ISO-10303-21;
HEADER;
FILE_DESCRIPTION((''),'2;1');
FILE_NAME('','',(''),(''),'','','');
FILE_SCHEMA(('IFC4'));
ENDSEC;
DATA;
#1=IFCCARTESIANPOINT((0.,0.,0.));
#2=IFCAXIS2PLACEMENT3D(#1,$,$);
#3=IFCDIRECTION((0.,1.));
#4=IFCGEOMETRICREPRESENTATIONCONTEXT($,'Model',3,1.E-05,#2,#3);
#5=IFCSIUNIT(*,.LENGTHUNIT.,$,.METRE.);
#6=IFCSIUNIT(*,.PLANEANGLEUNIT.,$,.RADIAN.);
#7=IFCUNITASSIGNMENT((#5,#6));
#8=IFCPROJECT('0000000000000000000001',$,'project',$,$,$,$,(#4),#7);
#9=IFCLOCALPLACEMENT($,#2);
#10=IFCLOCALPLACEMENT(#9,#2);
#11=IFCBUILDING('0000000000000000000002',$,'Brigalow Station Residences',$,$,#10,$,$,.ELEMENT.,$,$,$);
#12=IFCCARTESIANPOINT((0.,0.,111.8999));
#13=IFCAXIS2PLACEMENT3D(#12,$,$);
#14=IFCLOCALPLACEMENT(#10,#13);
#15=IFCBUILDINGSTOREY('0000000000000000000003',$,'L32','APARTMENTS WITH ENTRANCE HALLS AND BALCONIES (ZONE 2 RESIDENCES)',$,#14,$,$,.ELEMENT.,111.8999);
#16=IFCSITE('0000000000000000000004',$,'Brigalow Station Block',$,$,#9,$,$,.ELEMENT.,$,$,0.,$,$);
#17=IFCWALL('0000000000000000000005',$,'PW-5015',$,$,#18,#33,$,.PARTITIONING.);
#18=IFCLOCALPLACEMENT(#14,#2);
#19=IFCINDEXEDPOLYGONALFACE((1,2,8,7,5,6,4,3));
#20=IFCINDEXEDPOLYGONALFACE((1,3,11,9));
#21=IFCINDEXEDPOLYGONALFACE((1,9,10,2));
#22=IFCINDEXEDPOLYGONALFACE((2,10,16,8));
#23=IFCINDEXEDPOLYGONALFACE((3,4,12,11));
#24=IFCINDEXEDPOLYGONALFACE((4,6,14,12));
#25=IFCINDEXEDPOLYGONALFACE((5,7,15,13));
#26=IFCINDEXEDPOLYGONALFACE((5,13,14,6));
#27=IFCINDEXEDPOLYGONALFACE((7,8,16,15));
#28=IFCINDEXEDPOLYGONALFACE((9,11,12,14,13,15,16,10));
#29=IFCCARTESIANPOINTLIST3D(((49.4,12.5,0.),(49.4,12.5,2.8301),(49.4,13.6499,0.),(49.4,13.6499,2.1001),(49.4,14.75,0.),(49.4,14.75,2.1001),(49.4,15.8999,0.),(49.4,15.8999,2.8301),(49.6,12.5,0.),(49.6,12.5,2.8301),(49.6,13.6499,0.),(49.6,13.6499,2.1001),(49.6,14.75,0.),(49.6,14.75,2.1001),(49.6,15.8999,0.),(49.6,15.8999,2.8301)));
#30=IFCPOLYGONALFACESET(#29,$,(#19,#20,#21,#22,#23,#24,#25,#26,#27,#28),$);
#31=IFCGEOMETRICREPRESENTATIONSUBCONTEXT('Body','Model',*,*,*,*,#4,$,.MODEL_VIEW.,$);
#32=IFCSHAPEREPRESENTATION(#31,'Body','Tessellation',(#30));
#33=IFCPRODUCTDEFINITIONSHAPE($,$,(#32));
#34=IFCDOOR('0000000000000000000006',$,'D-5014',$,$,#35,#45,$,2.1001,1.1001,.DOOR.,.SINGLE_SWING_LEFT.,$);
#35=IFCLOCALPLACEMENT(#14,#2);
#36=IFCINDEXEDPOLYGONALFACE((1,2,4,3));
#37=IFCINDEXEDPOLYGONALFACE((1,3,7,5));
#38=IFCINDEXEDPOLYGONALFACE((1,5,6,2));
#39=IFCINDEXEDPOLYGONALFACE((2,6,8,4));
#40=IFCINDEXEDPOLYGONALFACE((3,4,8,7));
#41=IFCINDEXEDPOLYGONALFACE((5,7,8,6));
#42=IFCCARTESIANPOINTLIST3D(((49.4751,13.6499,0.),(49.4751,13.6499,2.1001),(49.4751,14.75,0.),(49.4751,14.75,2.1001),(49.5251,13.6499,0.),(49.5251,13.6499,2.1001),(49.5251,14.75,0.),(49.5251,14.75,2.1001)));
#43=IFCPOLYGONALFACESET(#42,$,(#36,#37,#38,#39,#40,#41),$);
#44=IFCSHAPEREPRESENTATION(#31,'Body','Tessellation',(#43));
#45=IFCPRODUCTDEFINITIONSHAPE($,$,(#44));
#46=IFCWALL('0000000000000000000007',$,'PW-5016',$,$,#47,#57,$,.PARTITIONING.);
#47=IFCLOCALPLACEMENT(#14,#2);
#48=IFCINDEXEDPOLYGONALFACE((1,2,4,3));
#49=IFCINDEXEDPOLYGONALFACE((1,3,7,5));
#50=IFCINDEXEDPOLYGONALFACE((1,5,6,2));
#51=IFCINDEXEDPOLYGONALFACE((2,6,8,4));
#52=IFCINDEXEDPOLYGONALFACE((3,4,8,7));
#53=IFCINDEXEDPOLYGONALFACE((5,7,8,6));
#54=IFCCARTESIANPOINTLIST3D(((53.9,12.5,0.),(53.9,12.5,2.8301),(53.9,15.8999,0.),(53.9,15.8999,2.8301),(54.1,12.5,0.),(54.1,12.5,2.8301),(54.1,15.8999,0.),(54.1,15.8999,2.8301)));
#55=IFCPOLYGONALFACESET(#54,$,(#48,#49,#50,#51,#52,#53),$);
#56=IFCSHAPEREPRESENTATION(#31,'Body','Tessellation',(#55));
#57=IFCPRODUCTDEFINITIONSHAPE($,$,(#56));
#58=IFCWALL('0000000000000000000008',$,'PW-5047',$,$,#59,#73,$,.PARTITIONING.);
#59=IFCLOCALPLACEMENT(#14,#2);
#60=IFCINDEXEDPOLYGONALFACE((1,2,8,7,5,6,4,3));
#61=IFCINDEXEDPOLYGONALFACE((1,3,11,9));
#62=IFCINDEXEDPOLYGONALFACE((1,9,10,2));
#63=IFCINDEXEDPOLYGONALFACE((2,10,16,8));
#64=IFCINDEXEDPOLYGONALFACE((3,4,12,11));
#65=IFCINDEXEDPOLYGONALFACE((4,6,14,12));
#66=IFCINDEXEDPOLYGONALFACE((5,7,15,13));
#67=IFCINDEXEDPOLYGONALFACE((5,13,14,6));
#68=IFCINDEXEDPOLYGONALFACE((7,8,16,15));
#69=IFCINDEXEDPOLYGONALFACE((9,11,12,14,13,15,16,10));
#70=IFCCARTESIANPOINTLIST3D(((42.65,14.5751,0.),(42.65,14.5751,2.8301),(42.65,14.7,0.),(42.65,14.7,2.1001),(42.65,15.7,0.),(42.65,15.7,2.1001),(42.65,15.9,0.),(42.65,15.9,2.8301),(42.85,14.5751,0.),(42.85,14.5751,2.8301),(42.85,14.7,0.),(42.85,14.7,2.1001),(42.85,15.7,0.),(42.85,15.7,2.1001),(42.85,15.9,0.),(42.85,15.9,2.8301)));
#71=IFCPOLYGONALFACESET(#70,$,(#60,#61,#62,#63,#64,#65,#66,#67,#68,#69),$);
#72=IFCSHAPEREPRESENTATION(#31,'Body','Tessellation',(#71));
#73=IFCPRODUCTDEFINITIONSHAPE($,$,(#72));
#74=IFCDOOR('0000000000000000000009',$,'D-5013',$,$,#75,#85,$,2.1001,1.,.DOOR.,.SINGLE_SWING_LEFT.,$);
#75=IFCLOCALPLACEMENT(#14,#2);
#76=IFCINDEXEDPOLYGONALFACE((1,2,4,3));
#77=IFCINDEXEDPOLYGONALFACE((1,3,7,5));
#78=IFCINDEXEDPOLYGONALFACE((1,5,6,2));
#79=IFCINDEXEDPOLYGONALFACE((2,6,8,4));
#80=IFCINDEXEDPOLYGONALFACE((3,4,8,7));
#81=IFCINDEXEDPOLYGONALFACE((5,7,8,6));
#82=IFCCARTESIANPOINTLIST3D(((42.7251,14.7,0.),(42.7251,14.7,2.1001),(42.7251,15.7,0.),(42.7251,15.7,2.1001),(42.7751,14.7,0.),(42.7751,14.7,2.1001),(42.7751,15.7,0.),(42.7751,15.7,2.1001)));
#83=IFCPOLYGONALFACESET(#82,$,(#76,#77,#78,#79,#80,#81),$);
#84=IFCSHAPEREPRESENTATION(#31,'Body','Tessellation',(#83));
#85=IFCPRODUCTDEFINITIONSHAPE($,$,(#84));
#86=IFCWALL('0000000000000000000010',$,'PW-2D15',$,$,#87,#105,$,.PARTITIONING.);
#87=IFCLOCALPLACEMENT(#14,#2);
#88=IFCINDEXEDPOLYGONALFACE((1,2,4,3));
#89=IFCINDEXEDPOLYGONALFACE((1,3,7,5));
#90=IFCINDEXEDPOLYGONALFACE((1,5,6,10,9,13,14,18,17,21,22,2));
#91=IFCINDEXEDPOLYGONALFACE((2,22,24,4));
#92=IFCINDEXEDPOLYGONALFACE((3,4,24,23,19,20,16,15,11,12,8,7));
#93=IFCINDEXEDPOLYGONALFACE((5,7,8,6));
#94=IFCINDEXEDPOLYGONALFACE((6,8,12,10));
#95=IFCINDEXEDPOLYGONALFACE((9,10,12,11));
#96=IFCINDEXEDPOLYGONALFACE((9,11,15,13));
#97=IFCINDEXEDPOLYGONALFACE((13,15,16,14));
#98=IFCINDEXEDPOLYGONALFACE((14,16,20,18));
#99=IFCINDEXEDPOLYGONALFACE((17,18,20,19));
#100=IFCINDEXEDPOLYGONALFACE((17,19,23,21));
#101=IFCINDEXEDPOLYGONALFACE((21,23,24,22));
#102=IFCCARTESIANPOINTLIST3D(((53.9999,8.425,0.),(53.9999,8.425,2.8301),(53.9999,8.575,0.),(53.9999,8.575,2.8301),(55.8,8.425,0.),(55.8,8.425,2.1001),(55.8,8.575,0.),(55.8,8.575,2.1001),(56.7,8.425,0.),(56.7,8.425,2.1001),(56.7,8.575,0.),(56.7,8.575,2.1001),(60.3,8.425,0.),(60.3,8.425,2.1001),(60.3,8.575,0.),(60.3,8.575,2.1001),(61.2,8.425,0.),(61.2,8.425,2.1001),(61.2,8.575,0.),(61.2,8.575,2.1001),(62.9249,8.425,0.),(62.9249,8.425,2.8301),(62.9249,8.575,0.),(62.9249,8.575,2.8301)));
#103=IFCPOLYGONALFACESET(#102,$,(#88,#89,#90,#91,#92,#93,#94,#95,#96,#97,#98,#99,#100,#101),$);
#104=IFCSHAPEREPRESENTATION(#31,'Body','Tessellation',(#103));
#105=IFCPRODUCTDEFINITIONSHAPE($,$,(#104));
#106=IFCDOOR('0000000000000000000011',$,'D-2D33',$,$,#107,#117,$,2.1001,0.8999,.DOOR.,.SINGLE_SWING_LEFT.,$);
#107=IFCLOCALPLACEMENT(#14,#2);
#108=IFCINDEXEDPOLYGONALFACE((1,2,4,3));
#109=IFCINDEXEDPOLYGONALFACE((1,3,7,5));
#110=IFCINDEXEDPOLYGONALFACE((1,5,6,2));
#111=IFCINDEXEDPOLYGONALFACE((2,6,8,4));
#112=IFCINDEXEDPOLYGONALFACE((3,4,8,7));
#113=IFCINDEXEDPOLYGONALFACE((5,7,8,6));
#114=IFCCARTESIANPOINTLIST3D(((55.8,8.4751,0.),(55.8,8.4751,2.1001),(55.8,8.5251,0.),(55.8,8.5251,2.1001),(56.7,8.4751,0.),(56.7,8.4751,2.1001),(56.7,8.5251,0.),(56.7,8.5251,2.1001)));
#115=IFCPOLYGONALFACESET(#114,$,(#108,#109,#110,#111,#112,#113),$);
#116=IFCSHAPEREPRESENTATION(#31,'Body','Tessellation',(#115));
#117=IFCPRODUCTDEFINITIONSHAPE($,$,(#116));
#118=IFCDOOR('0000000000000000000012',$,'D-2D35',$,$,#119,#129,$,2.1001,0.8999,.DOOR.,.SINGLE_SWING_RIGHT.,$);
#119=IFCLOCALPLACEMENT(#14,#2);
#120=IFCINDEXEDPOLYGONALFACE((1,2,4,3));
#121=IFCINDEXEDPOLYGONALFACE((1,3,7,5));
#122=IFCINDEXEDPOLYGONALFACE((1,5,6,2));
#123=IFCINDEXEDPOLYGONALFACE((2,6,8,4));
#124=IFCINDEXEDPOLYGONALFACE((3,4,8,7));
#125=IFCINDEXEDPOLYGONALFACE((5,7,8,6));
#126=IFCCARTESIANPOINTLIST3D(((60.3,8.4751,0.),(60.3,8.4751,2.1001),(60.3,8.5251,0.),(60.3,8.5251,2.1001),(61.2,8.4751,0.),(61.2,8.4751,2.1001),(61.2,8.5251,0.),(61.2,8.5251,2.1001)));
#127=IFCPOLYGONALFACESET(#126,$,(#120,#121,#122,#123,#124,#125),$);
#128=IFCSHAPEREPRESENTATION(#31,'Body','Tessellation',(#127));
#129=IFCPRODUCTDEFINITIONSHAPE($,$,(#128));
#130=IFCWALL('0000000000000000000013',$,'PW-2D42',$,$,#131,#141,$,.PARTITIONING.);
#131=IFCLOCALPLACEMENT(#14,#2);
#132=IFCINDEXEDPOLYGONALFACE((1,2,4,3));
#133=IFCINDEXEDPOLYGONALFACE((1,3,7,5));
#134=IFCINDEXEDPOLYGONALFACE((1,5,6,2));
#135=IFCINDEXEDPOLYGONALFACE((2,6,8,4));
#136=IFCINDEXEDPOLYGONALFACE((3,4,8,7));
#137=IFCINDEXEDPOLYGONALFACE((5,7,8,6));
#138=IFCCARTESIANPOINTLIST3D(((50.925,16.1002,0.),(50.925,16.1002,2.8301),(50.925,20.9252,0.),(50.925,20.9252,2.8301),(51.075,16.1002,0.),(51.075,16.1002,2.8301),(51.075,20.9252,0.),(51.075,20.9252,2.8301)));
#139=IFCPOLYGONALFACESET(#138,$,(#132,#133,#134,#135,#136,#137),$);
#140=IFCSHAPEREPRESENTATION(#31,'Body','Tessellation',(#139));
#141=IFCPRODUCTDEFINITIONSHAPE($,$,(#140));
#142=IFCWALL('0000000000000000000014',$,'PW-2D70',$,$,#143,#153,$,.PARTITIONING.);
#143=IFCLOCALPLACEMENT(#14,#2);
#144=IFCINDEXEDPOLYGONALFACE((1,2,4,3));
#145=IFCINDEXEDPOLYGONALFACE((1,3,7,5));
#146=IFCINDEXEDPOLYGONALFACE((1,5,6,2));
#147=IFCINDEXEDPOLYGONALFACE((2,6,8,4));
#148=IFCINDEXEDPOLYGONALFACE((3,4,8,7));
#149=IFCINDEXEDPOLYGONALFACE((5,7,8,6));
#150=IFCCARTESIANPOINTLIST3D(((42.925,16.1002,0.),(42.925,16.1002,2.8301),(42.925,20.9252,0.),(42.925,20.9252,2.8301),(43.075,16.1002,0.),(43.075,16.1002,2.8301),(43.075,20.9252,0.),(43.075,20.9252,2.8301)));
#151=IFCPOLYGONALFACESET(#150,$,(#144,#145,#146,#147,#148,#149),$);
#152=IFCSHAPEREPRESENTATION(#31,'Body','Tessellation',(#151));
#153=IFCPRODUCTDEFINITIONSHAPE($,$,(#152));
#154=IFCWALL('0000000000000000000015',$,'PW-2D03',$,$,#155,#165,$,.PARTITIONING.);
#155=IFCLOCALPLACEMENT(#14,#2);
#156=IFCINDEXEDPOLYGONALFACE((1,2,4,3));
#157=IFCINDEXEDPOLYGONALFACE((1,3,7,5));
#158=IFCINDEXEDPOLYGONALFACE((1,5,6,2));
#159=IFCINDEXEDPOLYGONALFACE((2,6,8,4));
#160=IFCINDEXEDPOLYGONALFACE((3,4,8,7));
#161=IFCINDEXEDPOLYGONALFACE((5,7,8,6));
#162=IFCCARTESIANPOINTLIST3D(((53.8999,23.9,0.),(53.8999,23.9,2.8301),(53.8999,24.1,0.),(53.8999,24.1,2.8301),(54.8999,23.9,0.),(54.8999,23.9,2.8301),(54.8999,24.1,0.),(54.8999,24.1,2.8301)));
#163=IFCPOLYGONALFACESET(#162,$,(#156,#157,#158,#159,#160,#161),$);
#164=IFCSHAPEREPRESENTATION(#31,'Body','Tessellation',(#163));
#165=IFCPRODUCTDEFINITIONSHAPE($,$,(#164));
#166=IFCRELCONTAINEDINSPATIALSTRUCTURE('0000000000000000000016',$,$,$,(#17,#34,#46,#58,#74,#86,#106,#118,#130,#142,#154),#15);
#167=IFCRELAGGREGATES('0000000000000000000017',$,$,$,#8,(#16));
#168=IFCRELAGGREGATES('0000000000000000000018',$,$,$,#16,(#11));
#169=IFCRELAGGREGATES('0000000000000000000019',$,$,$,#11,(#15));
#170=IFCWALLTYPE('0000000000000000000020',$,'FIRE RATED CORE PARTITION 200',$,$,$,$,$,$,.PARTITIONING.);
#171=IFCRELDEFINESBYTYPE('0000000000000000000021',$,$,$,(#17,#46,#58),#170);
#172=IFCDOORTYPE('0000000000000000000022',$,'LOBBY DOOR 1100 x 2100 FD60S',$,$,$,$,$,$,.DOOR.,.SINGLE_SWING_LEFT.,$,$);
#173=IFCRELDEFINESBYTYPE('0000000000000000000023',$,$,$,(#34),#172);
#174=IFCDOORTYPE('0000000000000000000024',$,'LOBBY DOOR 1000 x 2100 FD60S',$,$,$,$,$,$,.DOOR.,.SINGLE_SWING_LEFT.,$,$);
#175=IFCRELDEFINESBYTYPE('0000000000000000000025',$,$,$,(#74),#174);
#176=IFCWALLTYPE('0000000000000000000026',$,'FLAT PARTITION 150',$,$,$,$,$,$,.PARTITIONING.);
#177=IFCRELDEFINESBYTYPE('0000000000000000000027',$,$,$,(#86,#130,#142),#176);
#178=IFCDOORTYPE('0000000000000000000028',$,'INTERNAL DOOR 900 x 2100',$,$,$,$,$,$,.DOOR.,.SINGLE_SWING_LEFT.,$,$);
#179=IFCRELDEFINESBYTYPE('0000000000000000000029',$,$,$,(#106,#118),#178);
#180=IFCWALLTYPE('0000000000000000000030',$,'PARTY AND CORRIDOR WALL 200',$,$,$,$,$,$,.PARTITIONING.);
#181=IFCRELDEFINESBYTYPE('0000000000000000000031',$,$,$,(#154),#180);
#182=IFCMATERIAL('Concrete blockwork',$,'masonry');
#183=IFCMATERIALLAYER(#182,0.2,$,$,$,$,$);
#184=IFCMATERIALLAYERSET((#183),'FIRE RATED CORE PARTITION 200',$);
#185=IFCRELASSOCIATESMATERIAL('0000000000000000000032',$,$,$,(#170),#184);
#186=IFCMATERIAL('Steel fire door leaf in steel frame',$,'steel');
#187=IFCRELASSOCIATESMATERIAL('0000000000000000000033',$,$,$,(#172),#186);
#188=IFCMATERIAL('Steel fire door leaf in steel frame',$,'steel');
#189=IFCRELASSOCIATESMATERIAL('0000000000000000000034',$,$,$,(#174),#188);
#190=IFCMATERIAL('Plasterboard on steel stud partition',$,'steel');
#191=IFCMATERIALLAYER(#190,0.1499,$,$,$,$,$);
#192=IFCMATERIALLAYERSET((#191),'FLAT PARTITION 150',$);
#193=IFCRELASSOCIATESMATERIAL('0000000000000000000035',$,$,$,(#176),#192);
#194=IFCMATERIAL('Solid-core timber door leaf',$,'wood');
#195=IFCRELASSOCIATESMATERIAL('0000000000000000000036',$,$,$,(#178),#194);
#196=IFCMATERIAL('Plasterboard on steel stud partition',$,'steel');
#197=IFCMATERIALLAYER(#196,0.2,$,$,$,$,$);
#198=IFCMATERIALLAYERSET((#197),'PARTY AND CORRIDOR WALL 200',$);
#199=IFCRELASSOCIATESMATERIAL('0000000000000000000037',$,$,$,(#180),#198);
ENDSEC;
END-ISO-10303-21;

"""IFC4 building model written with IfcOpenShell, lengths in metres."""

from ifc_helpers import new_model, si_unit, direction, frame, frame_2d, origin, place, context, subcontext, project, spatial, rectangle, extrude, material, layer, layer_set, type_object, element, fill, save


model = new_model("IFC4")

# Units and contexts
model_context = context("Model", 3, precision=1e-05, world=origin(), true_north=direction((0.0, 1.0)))
body_context = subcontext(model_context, "Body", "Model", "MODEL_VIEW")
ifc_project = project(units=[si_unit("LENGTHUNIT", "METRE"), si_unit("PLANEANGLEUNIT", "RADIAN")], contexts=[model_context])

# Site, building, storey
site_placement = place(None, origin())
site = spatial("IfcSite", under=ifc_project, at=site_placement, Name="Brigalow Station Block", CompositionType="ELEMENT", RefElevation=0.0)
building_placement = place(site_placement, origin())
building = spatial("IfcBuilding", under=site, at=building_placement, Name="Brigalow Station Residences", CompositionType="ELEMENT")
storey_placement = place(building_placement, frame((0.0, 0.0, 111.8999)))
storey = spatial("IfcBuildingStorey", under=building, at=storey_placement, Name="L32", Description="APARTMENTS WITH ENTRANCE HALLS AND BALCONIES (ZONE 2 RESIDENCES)", CompositionType="ELEMENT", Elevation=111.8999)

# Shared definitions
ifc_material_1 = material(Name="Concrete blockwork", Category="masonry")
ifc_layer_1 = layer(ifc_material_1, 0.2)
ifc_layer_set_1 = layer_set([ifc_layer_1], Name="FIRE RATED CORE PARTITION 200")
wall_type_1 = type_object("IfcWallType", Name="FIRE RATED CORE PARTITION 200", PredefinedType="PARTITIONING", material=ifc_layer_set_1)

# Wall, opening, door
wall_1_placement = place(storey_placement, frame((49.5, 12.5, 0.0), z_axis=(0.0, 0.0, 1.0), x_axis=(0.0, 1.0, 0.0)))
wall_1 = element("IfcWall", 1, at=wall_1_placement, inside=storey, type_object=wall_type_1, Name="PW-5015", PredefinedType="PARTITIONING", context=body_context, shape_type="SweptSolid", body=[
    extrude(rectangle(XDim=3.3999, YDim=0.2, at=frame_2d((1.7, 0.0))), origin(), (0.0, 0.0, 1.0), 2.8301),
])
opening_1_placement = place(wall_1_placement, frame((1.1499, 0.0, 0.0)))
opening_1 = element("IfcOpeningElement", 2, at=opening_1_placement, cuts=wall_1, PredefinedType="OPENING", context=body_context, shape_type="SweptSolid", body=[
    extrude(rectangle(XDim=1.1001, YDim=2.1001, at=frame_2d((0.55, 1.05))), frame((0.0, 0.1099, 0.0), z_axis=(0.0, -1.0, 0.0), x_axis=(1.0, 0.0, 0.0)), (0.0, 0.0, 1.0), 0.22),
])
ifc_material_2 = material(Name="Steel fire door leaf in steel frame", Category="steel")
door_type_1 = type_object("IfcDoorType", Name="LOBBY DOOR 1100 x 2100 FD60S", OperationType="SINGLE_SWING_LEFT", PredefinedType="DOOR", material=ifc_material_2)
door_1_placement = place(opening_1_placement, origin())
door_1 = element("IfcDoor", 3, at=door_1_placement, inside=storey, type_object=door_type_1, Name="D-5014", OperationType="SINGLE_SWING_LEFT", OverallHeight=2.1001, OverallWidth=1.1001, PredefinedType="DOOR", context=body_context, shape_type="SweptSolid", body=[
    extrude(rectangle(XDim=1.1001, YDim=2.1001, at=frame_2d((0.55, 1.05))), frame((0.0, 0.0249, 0.0), z_axis=(0.0, -1.0, 0.0), x_axis=(1.0, 0.0, 0.0)), (0.0, 0.0, 1.0), 0.05),
])
fill(opening_1, door_1)

# Wall
wall_2_placement = place(storey_placement, frame((54.0, 12.5, 0.0), z_axis=(0.0, 0.0, 1.0), x_axis=(0.0, 1.0, 0.0)))
element("IfcWall", 4, at=wall_2_placement, inside=storey, type_object=wall_type_1, Name="PW-5016", PredefinedType="PARTITIONING", context=body_context, shape_type="SweptSolid", body=[
    extrude(rectangle(XDim=3.3999, YDim=0.2, at=frame_2d((1.7, 0.0))), origin(), (0.0, 0.0, 1.0), 2.8301),
])

# Wall, opening, door
wall_3_placement = place(storey_placement, frame((42.75, 14.575, 0.0), z_axis=(0.0, 0.0, 1.0), x_axis=(0.0, 1.0, 0.0)))
wall_3 = element("IfcWall", 5, at=wall_3_placement, inside=storey, type_object=wall_type_1, Name="PW-5047", PredefinedType="PARTITIONING", context=body_context, shape_type="SweptSolid", body=[
    extrude(rectangle(XDim=1.325, YDim=0.2, at=frame_2d((0.6626, 0.0))), origin(), (0.0, 0.0, 1.0), 2.8301),
])
opening_2_placement = place(wall_3_placement, frame((0.125, 0.0, 0.0)))
opening_2 = element("IfcOpeningElement", 6, at=opening_2_placement, cuts=wall_3, PredefinedType="OPENING", context=body_context, shape_type="SweptSolid", body=[
    extrude(rectangle(XDim=1.0, YDim=2.1001, at=frame_2d((0.5, 1.05))), frame((0.0, 0.1099, 0.0), z_axis=(0.0, -1.0, 0.0), x_axis=(1.0, 0.0, 0.0)), (0.0, 0.0, 1.0), 0.22),
])
ifc_material_3 = material(Name="Steel fire door leaf in steel frame", Category="steel")
door_type_2 = type_object("IfcDoorType", Name="LOBBY DOOR 1000 x 2100 FD60S", OperationType="SINGLE_SWING_LEFT", PredefinedType="DOOR", material=ifc_material_3)
door_2_placement = place(opening_2_placement, origin())
door_2 = element("IfcDoor", 7, at=door_2_placement, inside=storey, type_object=door_type_2, Name="D-5013", OperationType="SINGLE_SWING_LEFT", OverallHeight=2.1001, OverallWidth=1.0, PredefinedType="DOOR", context=body_context, shape_type="SweptSolid", body=[
    extrude(rectangle(XDim=1.0, YDim=2.1001, at=frame_2d((0.5, 1.05))), frame((0.0, 0.0249, 0.0), z_axis=(0.0, -1.0, 0.0), x_axis=(1.0, 0.0, 0.0)), (0.0, 0.0, 1.0), 0.05),
])
fill(opening_2, door_2)

# Wall, openings, doors
ifc_material_4 = material(Name="Plasterboard on steel stud partition", Category="steel")
ifc_layer_2 = layer(ifc_material_4, 0.1499)
ifc_layer_set_2 = layer_set([ifc_layer_2], Name="FLAT PARTITION 150")
wall_type_2 = type_object("IfcWallType", Name="FLAT PARTITION 150", PredefinedType="PARTITIONING", material=ifc_layer_set_2)
wall_4_placement = place(storey_placement, frame((54.0, 8.5, 0.0), z_axis=(0.0, 0.0, 1.0), x_axis=(1.0, 0.0, 0.0)))
wall_4 = element("IfcWall", 8, at=wall_4_placement, inside=storey, type_object=wall_type_2, Name="PW-2D15", PredefinedType="PARTITIONING", context=body_context, shape_type="SweptSolid", body=[
    extrude(rectangle(XDim=8.925, YDim=0.1499, at=frame_2d((4.4624, 0.0))), origin(), (0.0, 0.0, 1.0), 2.8301),
])
opening_3_placement = place(wall_4_placement, frame((1.8, 0.0, 0.0)))
opening_3 = element("IfcOpeningElement", 9, at=opening_3_placement, cuts=wall_4, PredefinedType="OPENING", context=body_context, shape_type="SweptSolid", body=[
    extrude(rectangle(XDim=0.8999, YDim=2.1001, at=frame_2d((0.45, 1.05))), frame((0.0, 0.085, 0.0), z_axis=(0.0, -1.0, 0.0), x_axis=(1.0, 0.0, 0.0)), (0.0, 0.0, 1.0), 0.1699),
])
opening_4_placement = place(wall_4_placement, frame((6.3, 0.0, 0.0)))
opening_4 = element("IfcOpeningElement", 10, at=opening_4_placement, cuts=wall_4, PredefinedType="OPENING", context=body_context, shape_type="SweptSolid", body=[
    extrude(rectangle(XDim=0.8999, YDim=2.1001, at=frame_2d((0.45, 1.05))), frame((0.0, 0.085, 0.0), z_axis=(0.0, -1.0, 0.0), x_axis=(1.0, 0.0, 0.0)), (0.0, 0.0, 1.0), 0.1699),
])
ifc_material_5 = material(Name="Solid-core timber door leaf", Category="wood")
door_type_3 = type_object("IfcDoorType", Name="INTERNAL DOOR 900 x 2100", OperationType="SINGLE_SWING_LEFT", PredefinedType="DOOR", material=ifc_material_5)
door_3_placement = place(opening_3_placement, frame((0.8999, 0.0, 0.0), z_axis=(0.0, 0.0, 1.0), x_axis=(-1.0, 0.0, 0.0)))
door_3 = element("IfcDoor", 11, at=door_3_placement, inside=storey, type_object=door_type_3, Name="D-2D33", OperationType="SINGLE_SWING_LEFT", OverallHeight=2.1001, OverallWidth=0.8999, PredefinedType="DOOR", context=body_context, shape_type="SweptSolid", body=[
    extrude(rectangle(XDim=0.8999, YDim=2.1001, at=frame_2d((0.45, 1.05))), frame((0.0, 0.0249, 0.0), z_axis=(0.0, -1.0, 0.0), x_axis=(1.0, 0.0, 0.0)), (0.0, 0.0, 1.0), 0.05),
])
fill(opening_3, door_3)
door_4_placement = place(opening_4_placement, frame((0.8999, 0.0, 0.0), z_axis=(0.0, 0.0, 1.0), x_axis=(-1.0, 0.0, 0.0)))
door_4 = element("IfcDoor", 12, at=door_4_placement, inside=storey, type_object=door_type_3, Name="D-2D35", OperationType="SINGLE_SWING_RIGHT", OverallHeight=2.1001, OverallWidth=0.8999, PredefinedType="DOOR", context=body_context, shape_type="SweptSolid", body=[
    extrude(rectangle(XDim=0.8999, YDim=2.1001, at=frame_2d((0.45, 1.05))), frame((0.0, 0.0249, 0.0), z_axis=(0.0, -1.0, 0.0), x_axis=(1.0, 0.0, 0.0)), (0.0, 0.0, 1.0), 0.05),
])
fill(opening_4, door_4)

# Walls
for number, where, z_axis, x_axis, name in (
    (13, (51.0, 16.1001, 0.0), (0.0, 0.0, 1.0), (0.0, 1.0, 0.0), "PW-2D42"),
    (14, (43.0, 16.1001, 0.0), (0.0, 0.0, 1.0), (0.0, 1.0, 0.0), "PW-2D70"),
):
    element("IfcWall", number, at=place(storey_placement, frame(where, z_axis=z_axis, x_axis=x_axis)), inside=storey, type_object=wall_type_2, Name=name, PredefinedType="PARTITIONING", context=body_context, shape_type="SweptSolid", body=[
        extrude(rectangle(XDim=4.825, YDim=0.1499, at=frame_2d((2.4126, 0.0))), origin(), (0.0, 0.0, 1.0), 2.8301),
    ])
ifc_material_6 = material(Name="Plasterboard on steel stud partition", Category="steel")
ifc_layer_3 = layer(ifc_material_6, 0.2)
ifc_layer_set_3 = layer_set([ifc_layer_3], Name="PARTY AND CORRIDOR WALL 200")
wall_type_3 = type_object("IfcWallType", Name="PARTY AND CORRIDOR WALL 200", PredefinedType="PARTITIONING", material=ifc_layer_set_3)
wall_5_placement = place(storey_placement, frame((53.8999, 24.0, 0.0), z_axis=(0.0, 0.0, 1.0), x_axis=(1.0, 0.0, 0.0)))
element("IfcWall", 15, at=wall_5_placement, inside=storey, type_object=wall_type_3, Name="PW-2D03", PredefinedType="PARTITIONING", context=body_context, shape_type="SweptSolid", body=[
    extrude(rectangle(XDim=1.0, YDim=0.2, at=frame_2d((0.5, 0.0))), origin(), (0.0, 0.0, 1.0), 2.8301),
])

save(model, "model.ifc")
